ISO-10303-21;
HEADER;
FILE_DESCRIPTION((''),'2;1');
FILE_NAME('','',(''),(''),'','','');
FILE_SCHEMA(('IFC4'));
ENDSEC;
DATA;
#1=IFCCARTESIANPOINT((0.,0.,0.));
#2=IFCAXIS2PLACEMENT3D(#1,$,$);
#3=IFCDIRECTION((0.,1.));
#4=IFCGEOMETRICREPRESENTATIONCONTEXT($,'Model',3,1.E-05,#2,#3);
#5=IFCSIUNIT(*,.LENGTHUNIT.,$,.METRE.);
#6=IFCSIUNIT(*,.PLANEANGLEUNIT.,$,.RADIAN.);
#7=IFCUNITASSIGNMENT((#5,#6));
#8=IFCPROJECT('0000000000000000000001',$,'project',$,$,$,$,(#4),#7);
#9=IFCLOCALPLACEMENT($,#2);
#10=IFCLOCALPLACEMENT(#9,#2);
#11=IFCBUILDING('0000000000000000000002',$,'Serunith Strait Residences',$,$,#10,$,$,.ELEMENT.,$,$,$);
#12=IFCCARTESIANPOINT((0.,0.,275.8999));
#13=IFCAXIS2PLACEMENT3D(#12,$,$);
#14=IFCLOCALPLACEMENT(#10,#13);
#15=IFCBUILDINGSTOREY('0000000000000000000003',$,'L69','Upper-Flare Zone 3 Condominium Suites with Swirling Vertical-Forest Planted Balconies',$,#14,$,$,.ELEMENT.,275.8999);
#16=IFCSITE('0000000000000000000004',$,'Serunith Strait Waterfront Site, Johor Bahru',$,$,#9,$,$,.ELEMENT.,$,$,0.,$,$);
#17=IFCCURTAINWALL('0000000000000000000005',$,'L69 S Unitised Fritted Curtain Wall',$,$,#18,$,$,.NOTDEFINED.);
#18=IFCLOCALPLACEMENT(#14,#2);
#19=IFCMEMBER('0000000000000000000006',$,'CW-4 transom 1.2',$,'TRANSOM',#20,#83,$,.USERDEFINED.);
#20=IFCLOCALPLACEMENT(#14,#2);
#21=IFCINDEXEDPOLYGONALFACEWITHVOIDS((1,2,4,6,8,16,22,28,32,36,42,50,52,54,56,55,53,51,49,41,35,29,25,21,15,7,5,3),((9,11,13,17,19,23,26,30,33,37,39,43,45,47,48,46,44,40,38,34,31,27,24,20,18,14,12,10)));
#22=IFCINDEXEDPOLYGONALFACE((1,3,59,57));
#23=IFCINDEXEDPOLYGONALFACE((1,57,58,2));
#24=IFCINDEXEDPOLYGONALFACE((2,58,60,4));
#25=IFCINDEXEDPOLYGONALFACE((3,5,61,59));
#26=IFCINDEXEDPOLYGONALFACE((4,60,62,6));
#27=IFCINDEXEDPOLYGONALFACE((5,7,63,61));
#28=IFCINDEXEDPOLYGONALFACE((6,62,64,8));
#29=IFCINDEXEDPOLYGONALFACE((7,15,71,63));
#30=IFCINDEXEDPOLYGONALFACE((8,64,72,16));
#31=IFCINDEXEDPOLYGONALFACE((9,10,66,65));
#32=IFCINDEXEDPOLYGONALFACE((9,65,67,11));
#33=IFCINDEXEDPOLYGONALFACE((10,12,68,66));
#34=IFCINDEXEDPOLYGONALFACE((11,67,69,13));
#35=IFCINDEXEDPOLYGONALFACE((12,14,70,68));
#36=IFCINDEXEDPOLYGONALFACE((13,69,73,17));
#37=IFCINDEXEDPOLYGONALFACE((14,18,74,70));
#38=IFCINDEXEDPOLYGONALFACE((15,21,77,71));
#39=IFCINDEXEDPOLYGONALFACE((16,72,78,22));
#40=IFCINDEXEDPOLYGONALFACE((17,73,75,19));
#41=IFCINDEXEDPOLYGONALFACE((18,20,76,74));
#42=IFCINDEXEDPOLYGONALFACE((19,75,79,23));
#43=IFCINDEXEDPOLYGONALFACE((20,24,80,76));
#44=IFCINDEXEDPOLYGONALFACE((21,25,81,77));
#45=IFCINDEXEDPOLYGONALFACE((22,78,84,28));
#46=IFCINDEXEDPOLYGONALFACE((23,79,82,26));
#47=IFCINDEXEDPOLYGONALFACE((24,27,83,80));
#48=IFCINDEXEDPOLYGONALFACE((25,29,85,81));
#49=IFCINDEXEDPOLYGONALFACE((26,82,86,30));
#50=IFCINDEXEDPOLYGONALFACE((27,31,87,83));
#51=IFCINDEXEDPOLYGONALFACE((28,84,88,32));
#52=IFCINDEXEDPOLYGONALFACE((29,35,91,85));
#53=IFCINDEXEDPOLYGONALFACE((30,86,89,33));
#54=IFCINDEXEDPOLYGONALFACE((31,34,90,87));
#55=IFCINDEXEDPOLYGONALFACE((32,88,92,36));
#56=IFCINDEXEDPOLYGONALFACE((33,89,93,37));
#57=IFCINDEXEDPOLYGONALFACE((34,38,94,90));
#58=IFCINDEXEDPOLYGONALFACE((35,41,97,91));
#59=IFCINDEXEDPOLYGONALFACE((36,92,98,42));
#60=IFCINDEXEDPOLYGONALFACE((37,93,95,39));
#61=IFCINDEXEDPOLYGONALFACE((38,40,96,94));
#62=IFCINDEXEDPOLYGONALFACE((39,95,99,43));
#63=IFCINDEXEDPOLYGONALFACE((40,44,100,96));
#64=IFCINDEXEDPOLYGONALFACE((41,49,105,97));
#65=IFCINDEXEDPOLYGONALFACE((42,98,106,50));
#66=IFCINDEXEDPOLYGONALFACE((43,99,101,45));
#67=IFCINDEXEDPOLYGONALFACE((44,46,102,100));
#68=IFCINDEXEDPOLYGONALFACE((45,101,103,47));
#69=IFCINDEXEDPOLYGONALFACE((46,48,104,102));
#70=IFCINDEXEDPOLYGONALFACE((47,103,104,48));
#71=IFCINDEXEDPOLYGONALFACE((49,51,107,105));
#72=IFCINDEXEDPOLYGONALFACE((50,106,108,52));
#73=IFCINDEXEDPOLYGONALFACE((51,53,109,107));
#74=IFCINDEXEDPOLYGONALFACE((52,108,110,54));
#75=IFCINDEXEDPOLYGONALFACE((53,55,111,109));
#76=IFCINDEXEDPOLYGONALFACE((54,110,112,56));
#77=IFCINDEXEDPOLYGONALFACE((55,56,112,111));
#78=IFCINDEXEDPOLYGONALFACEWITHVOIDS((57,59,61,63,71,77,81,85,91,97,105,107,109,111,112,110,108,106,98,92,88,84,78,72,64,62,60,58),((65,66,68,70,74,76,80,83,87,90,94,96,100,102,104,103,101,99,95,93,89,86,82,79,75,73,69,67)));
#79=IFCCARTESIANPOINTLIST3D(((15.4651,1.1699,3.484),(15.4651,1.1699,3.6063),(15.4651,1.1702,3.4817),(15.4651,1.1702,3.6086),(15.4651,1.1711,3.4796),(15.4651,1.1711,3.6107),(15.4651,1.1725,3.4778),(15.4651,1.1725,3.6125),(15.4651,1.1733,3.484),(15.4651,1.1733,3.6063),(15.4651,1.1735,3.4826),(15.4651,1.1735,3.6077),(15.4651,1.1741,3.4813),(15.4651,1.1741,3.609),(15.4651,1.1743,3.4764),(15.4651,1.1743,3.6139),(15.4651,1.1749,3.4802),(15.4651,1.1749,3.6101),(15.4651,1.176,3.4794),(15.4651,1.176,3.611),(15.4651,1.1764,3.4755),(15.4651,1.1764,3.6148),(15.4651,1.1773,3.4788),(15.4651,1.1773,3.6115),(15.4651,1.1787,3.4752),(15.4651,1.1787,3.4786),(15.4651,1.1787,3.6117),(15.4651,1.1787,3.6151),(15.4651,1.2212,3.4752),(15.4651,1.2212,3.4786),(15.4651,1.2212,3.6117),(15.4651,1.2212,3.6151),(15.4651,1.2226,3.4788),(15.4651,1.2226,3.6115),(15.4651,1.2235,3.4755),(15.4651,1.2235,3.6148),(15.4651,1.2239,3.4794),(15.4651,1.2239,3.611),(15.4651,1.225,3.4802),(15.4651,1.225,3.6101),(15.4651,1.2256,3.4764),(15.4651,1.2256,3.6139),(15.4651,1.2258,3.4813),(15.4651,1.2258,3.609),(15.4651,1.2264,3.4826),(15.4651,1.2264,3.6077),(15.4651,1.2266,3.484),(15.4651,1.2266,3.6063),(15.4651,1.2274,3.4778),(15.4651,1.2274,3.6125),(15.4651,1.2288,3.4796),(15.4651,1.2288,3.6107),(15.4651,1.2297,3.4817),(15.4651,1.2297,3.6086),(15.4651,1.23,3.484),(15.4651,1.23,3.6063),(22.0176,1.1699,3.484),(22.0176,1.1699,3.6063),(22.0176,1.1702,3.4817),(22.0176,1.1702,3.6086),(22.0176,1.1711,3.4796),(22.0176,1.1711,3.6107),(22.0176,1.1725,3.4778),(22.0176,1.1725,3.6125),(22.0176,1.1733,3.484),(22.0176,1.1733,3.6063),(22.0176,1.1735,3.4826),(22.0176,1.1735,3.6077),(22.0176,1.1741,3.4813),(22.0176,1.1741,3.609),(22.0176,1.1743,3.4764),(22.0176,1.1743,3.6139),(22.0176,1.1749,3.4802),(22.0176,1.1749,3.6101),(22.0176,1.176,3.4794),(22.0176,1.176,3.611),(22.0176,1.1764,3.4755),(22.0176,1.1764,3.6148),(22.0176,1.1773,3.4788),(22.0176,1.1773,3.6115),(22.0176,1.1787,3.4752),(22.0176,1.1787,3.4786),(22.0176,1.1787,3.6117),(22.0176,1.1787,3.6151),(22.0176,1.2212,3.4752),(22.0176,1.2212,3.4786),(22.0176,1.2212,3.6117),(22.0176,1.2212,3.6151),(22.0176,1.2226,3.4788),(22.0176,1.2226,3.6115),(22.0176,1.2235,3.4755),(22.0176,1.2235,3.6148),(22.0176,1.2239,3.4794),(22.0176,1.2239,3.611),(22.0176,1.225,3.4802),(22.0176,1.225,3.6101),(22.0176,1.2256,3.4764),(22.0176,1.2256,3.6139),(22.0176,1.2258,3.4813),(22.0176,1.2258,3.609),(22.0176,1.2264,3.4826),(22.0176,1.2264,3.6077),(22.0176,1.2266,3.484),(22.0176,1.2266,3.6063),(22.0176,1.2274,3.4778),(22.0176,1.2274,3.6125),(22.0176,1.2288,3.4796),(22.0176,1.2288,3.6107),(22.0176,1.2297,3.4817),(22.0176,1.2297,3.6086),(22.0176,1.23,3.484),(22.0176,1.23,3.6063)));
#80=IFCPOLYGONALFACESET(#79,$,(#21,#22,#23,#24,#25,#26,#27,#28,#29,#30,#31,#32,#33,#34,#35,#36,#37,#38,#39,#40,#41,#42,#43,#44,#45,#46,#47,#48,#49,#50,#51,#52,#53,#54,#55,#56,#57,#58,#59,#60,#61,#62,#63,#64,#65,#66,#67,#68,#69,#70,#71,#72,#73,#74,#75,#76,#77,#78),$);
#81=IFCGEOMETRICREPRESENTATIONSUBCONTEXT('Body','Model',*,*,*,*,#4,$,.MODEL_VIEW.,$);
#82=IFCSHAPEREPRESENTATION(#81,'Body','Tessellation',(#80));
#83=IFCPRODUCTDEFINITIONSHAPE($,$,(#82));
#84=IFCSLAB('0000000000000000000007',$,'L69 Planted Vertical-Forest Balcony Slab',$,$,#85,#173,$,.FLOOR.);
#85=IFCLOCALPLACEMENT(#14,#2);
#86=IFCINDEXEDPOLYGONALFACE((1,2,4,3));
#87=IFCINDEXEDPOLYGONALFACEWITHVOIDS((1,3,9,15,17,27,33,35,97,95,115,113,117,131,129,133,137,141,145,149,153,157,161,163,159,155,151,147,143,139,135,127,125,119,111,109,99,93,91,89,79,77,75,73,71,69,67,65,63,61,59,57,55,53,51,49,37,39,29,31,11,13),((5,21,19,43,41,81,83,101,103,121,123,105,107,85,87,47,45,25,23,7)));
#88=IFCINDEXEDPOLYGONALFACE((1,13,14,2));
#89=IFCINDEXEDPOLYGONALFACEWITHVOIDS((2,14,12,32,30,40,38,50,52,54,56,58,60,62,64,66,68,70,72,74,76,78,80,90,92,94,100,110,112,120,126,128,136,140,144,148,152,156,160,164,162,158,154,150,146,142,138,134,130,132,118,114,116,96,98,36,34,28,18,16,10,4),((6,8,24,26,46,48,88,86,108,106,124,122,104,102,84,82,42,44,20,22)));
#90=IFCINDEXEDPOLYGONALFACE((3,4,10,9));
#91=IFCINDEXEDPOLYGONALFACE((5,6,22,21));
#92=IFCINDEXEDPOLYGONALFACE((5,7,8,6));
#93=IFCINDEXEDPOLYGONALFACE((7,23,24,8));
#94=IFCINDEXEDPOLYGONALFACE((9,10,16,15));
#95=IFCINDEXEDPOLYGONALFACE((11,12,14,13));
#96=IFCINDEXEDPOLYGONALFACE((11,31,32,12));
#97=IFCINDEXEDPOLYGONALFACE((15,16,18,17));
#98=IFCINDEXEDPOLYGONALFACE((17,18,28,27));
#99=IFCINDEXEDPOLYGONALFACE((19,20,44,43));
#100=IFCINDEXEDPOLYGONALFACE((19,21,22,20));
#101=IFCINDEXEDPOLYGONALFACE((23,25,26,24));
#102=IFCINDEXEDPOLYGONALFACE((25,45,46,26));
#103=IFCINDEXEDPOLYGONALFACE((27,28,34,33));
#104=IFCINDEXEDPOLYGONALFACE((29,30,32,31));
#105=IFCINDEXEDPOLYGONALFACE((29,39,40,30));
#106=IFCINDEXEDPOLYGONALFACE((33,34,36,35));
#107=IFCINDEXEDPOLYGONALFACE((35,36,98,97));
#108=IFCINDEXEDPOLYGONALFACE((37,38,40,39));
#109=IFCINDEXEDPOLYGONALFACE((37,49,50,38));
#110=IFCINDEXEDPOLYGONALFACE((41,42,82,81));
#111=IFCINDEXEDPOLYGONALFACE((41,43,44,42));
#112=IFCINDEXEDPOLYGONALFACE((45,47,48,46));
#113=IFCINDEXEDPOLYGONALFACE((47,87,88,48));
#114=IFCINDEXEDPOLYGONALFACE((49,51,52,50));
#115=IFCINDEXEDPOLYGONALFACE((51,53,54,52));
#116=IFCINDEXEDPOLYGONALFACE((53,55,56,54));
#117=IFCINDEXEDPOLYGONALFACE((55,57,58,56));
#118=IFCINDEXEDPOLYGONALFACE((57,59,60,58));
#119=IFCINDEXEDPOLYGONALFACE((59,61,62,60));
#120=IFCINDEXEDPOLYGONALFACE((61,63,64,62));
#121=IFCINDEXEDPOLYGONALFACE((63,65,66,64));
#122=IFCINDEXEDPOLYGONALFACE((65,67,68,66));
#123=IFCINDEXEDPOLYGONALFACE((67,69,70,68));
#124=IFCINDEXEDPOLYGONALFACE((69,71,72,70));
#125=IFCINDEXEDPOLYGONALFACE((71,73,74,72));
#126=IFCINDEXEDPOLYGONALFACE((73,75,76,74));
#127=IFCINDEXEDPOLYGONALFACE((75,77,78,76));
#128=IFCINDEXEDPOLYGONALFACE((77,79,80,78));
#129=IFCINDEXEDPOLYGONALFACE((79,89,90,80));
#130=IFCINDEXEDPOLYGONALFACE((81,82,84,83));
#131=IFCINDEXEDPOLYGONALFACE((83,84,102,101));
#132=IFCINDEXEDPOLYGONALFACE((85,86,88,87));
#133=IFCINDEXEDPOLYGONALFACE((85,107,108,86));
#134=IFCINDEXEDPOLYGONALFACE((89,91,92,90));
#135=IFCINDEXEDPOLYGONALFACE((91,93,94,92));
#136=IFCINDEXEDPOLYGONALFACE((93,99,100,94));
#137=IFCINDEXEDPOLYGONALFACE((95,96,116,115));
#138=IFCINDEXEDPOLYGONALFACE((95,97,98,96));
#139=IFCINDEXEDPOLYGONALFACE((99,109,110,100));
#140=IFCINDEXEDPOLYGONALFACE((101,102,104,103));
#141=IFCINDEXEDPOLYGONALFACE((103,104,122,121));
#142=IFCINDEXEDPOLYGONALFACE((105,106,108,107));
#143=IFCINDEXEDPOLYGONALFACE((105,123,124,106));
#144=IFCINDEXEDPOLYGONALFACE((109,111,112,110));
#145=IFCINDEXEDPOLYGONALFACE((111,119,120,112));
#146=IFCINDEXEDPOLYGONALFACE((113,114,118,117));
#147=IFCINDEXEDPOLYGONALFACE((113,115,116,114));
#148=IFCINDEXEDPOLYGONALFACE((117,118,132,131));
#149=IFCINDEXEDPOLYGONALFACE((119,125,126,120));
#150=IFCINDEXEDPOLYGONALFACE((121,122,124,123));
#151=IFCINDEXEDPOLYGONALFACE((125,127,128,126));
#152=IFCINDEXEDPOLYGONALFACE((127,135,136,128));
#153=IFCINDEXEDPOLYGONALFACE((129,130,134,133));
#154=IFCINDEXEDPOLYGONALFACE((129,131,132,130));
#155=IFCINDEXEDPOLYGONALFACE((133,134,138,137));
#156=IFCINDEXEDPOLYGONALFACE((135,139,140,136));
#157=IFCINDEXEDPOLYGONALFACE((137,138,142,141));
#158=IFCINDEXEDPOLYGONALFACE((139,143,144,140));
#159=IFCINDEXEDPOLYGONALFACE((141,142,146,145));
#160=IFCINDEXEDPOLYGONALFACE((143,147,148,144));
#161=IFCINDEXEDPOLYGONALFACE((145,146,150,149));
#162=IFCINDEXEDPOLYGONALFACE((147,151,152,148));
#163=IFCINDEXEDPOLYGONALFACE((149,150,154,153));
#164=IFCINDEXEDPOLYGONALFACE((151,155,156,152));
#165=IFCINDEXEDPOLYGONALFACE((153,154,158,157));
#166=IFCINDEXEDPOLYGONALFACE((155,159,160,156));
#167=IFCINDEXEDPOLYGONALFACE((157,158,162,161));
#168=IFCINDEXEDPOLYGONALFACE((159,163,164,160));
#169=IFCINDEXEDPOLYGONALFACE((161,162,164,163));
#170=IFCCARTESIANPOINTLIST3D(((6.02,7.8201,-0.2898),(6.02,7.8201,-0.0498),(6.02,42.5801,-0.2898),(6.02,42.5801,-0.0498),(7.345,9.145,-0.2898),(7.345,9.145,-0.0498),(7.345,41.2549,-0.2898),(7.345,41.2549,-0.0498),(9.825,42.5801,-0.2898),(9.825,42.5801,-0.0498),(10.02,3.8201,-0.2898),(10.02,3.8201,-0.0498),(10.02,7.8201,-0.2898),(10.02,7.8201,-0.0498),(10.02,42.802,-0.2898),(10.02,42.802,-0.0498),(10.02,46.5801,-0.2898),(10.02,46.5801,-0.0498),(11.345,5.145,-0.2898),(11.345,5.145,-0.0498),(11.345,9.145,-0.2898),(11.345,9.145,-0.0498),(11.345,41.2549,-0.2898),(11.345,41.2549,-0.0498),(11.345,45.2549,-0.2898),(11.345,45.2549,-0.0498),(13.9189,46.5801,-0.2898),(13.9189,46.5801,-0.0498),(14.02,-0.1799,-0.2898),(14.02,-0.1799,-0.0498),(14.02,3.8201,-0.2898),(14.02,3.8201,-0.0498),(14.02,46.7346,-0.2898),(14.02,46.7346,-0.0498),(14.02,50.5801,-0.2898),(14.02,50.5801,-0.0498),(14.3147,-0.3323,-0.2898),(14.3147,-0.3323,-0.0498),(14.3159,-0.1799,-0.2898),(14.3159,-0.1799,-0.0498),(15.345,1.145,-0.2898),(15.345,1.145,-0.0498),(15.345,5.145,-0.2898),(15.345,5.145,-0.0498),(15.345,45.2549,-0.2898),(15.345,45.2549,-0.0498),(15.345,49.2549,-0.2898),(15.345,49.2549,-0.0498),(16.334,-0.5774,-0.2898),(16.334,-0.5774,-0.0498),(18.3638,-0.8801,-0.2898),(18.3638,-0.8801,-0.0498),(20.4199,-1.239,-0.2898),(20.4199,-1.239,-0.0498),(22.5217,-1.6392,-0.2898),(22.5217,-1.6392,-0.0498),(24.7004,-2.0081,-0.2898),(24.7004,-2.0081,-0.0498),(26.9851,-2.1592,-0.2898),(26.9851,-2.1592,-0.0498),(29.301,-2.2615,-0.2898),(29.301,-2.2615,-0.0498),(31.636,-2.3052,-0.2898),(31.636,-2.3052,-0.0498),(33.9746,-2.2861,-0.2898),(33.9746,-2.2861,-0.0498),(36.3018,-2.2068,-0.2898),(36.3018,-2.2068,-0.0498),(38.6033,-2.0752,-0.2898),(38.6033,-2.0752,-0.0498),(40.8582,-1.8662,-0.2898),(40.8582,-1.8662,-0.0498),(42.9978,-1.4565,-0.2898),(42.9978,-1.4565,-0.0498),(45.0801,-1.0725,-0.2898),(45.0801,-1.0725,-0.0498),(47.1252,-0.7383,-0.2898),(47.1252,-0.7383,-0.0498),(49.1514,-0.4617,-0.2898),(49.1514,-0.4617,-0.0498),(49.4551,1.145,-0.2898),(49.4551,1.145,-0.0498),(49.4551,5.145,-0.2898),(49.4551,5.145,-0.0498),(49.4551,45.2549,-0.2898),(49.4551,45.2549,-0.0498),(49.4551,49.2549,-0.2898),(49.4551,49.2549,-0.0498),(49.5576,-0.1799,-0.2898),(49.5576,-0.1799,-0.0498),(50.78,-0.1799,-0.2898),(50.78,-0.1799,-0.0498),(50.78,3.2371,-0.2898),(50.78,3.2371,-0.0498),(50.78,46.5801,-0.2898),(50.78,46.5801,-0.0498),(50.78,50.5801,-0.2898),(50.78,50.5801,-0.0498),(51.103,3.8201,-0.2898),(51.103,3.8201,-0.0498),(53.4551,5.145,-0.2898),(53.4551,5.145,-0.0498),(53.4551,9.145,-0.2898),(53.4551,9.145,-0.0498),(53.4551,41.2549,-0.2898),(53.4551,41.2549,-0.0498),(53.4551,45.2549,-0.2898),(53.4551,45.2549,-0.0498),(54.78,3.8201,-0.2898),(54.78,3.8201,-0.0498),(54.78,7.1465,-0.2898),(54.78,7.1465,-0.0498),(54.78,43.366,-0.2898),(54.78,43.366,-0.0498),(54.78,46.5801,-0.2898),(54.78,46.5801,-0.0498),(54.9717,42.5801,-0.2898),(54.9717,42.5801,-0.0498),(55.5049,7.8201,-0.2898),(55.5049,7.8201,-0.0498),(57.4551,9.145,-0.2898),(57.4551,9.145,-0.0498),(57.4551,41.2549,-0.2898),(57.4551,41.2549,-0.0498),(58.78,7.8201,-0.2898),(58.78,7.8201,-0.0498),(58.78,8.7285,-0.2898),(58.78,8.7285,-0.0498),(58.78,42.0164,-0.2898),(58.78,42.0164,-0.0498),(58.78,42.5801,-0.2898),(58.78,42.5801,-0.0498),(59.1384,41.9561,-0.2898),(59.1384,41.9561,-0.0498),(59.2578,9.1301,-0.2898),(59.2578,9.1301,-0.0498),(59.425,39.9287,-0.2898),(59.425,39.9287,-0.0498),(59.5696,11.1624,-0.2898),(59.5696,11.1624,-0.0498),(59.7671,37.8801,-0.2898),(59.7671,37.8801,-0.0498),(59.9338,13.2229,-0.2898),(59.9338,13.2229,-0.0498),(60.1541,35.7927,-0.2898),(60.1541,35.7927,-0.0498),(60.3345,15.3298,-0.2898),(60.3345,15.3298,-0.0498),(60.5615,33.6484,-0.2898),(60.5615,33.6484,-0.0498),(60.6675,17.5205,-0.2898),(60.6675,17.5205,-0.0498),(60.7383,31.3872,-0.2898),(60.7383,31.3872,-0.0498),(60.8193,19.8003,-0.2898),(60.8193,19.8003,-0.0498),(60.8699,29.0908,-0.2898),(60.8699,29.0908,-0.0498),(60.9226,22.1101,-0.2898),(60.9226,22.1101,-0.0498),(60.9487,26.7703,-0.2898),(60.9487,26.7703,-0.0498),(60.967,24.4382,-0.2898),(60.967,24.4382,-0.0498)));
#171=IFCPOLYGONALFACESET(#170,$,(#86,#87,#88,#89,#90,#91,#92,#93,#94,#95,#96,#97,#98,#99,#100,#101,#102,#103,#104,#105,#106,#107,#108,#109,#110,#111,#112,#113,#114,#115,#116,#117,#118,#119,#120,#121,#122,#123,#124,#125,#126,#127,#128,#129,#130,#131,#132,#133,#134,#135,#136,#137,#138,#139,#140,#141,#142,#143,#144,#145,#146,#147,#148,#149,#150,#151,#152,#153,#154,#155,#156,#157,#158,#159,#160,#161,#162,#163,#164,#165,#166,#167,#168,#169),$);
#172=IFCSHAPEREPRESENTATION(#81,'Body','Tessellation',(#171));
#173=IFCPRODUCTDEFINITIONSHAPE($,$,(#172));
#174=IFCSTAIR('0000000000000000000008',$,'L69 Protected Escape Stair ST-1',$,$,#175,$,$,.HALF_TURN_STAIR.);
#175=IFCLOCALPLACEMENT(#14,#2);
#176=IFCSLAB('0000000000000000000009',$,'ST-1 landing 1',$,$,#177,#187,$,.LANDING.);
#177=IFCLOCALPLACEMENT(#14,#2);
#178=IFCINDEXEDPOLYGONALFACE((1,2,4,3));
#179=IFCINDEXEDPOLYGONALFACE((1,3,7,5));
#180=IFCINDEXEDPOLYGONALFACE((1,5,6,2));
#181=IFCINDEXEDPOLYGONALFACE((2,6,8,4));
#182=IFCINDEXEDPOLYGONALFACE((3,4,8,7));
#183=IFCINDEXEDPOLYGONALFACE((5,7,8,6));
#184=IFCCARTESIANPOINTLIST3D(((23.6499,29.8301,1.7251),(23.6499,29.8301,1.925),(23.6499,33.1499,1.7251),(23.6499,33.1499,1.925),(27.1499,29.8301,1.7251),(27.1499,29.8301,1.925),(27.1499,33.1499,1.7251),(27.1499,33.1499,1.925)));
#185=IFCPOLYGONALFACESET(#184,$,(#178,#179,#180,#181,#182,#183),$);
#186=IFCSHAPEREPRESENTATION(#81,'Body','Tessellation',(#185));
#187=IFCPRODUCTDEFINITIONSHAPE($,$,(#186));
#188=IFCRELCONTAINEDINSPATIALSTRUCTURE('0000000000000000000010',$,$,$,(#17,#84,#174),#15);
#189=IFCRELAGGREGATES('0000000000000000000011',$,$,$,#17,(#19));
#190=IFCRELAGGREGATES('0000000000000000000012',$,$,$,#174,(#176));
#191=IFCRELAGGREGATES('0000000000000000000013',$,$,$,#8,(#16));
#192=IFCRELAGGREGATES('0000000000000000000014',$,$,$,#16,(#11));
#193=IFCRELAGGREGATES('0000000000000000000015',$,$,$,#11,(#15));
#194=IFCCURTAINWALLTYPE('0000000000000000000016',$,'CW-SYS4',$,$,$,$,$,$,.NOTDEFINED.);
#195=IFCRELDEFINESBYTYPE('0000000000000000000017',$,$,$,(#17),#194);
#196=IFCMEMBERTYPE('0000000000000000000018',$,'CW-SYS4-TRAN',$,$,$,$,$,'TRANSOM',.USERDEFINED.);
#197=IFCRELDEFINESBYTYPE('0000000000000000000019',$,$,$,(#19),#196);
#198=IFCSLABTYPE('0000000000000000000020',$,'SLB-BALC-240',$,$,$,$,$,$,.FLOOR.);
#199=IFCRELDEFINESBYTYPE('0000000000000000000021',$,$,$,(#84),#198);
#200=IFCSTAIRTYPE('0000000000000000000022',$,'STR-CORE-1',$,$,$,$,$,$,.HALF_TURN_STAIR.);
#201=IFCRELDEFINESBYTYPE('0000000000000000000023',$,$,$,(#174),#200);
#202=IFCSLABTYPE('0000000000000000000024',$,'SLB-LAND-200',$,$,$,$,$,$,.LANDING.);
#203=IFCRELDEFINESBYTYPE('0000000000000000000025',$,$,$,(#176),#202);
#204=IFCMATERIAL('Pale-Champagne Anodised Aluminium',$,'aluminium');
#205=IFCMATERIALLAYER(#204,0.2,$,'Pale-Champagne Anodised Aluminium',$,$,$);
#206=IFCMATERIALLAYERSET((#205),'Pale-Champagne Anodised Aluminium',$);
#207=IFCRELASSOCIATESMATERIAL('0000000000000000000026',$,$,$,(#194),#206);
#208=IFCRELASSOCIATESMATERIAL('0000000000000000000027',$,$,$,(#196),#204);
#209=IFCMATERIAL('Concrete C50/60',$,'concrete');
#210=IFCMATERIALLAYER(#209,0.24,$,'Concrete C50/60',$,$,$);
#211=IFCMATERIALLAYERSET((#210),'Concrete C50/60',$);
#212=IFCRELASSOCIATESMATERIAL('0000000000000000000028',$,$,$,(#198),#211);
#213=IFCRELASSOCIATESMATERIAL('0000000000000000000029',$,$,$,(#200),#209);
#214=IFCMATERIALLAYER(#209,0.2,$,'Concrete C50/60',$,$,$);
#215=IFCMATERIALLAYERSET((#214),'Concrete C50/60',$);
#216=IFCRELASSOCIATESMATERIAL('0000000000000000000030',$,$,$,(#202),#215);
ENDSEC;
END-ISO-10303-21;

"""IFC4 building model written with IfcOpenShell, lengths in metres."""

from ifc_helpers import new_model, si_unit, direction, frame, origin, origin_2d, place, context, subcontext, project, spatial, polyline, hollow_rectangle, outline, extrude, source, transform, mapped, material, layer, layer_set, material_profile, profile_set, type_object, element, aggregate, save


model = new_model("IFC4")

# Units and contexts
model_context = context("Model", 3, precision=1e-05, world=origin(), true_north=direction((0.0, 1.0)))
body_context = subcontext(model_context, "Body", "Model", "MODEL_VIEW")
ifc_project = project(units=[si_unit("LENGTHUNIT", "METRE"), si_unit("PLANEANGLEUNIT", "RADIAN")], contexts=[model_context])

# Site, building, storey
site_placement = place(None, origin())
site = spatial("IfcSite", under=ifc_project, at=site_placement, Name="Serunith Strait Waterfront Site, Johor Bahru", CompositionType="ELEMENT", RefElevation=0.0)
building_placement = place(site_placement, origin())
building = spatial("IfcBuilding", under=site, at=building_placement, Name="Serunith Strait Residences", CompositionType="ELEMENT")
storey_placement = place(building_placement, frame((0.0, 0.0, 275.8999)))
storey = spatial("IfcBuildingStorey", under=building, at=storey_placement, Name="L69", Description="Upper-Flare Zone 3 Condominium Suites with Swirling Vertical-Forest Planted Balconies", CompositionType="ELEMENT", Elevation=275.8999)

# Curtain wall
ifc_material_1 = material(Name="Pale-Champagne Anodised Aluminium", Category="aluminium")
ifc_layer_1 = layer(ifc_material_1, 0.2, Name="Pale-Champagne Anodised Aluminium")
ifc_layer_set_1 = layer_set([ifc_layer_1], Name="Pale-Champagne Anodised Aluminium")
curtain_wall_type = type_object("IfcCurtainWallType", Name="CW-SYS4", PredefinedType="NOTDEFINED", material=ifc_layer_set_1)
curtain_wall_1_placement = place(storey_placement, origin())
curtain_wall_1 = element("IfcCurtainWall", 1, at=curtain_wall_1_placement, inside=storey, type_object=curtain_wall_type, Name="L69 S Unitised Fritted Curtain Wall", PredefinedType="NOTDEFINED")

# Member
ifc_material_profile_1 = material_profile(ifc_material_1, hollow_rectangle(XDim=0.0601, YDim=0.1399, WallThickness=0.0034, InnerFilletRadius=0.0054, OuterFilletRadius=0.0088, at=origin_2d()), Name="ALU 140x60x3.5")
ifc_profile_set_1 = profile_set([ifc_material_profile_1], Name="Pale-Champagne Anodised Aluminium")
member_type_1 = type_object("IfcMemberType", Name="CW-SYS4-TRAN", ElementType="TRANSOM", PredefinedType="USERDEFINED", material=ifc_profile_set_1)
shared_shape_1 = source(origin(), body_context, "Body", "SweptSolid", [
    extrude(hollow_rectangle(XDim=0.0601, YDim=0.1399, WallThickness=0.0034, InnerFilletRadius=0.0054, OuterFilletRadius=0.0088, at=origin_2d()), origin(), (0.0, 0.0, 1.0), 6.5525),
])
member_1_placement = place(storey_placement, frame((15.4651, 1.2, 3.5452), z_axis=(1.0, 0.0, 0.0), x_axis=(0.0, 1.0, 0.0)))
member_1 = element("IfcMember", 2, at=member_1_placement, type_object=member_type_1, Name="CW-4 transom 1.2", ObjectType="TRANSOM", PredefinedType="USERDEFINED", context=body_context, shape_type="MappedRepresentation", body=[
    mapped(shared_shape_1, transform((0.0, 0.0, 0.0), scale=1.0)),
])
aggregate(curtain_wall_1, [member_1])

# Slab
ifc_material_2 = material(Name="Concrete C50/60", Category="concrete")
ifc_layer_2 = layer(ifc_material_2, 0.24, Name="Concrete C50/60")
ifc_layer_set_2 = layer_set([ifc_layer_2], Name="Concrete C50/60")
slab_type_1 = type_object("IfcSlabType", Name="SLB-BALC-240", PredefinedType="FLOOR", material=ifc_layer_set_2)
slab_1_placement = place(storey_placement, frame((0.0, 0.0, -0.2898)))
element("IfcSlab", 3, at=slab_1_placement, inside=storey, type_object=slab_type_1, Name="L69 Planted Vertical-Forest Balcony Slab", PredefinedType="FLOOR", context=body_context, shape_type="SweptSolid", body=[
    extrude(outline(polyline([(14.02, -0.1799), (14.02, 3.8201), (10.02, 3.8201), (10.02, 7.8201), (6.02, 7.8201), (6.02, 42.5801), (9.825, 42.5801), (10.02, 42.802), (10.02, 46.5801), (13.9189, 46.5801), (14.02, 46.7346), (14.02, 50.5801), (50.78, 50.5801), (50.78, 46.5801), (54.78, 46.5801), (54.78, 43.366), (54.9717, 42.5801), (58.78, 42.5801), (58.78, 42.0164), (59.1384, 41.9561), (59.425, 39.9287), (59.7671, 37.8801), (60.1541, 35.7927), (60.5615, 33.6484), (60.7383, 31.3872), (60.8699, 29.0908), (60.9487, 26.7703), (60.967, 24.4382), (60.9226, 22.1101), (60.8193, 19.8003), (60.6675, 17.5205), (60.3345, 15.3298), (59.9338, 13.2229), (59.5696, 11.1624), (59.2578, 9.1301), (58.78, 8.7285), (58.78, 7.8201), (55.5049, 7.8201), (54.78, 7.1465), (54.78, 3.8201), (51.103, 3.8201), (50.78, 3.2371), (50.78, -0.1799), (49.5576, -0.1799), (49.1514, -0.4617), (47.1252, -0.7383), (45.0801, -1.0725), (42.9978, -1.4565), (40.8582, -1.8662), (38.6033, -2.0752), (36.3018, -2.2068), (33.9746, -2.2861), (31.636, -2.3052), (29.301, -2.2615), (26.9851, -2.1592), (24.7004, -2.0081), (22.5217, -1.6392), (20.4199, -1.239), (18.3638, -0.8801), (16.334, -0.5774), (14.3147, -0.3323), (14.3159, -0.1799), (14.02, -0.1799)]), holes=[polyline([(49.4551, 1.145), (49.4551, 5.145), (53.4551, 5.145), (53.4551, 9.145), (57.4551, 9.145), (57.4551, 41.2549), (53.4551, 41.2549), (53.4551, 45.2549), (49.4551, 45.2549), (49.4551, 49.2549), (15.345, 49.2549), (15.345, 45.2549), (11.345, 45.2549), (11.345, 41.2549), (7.345, 41.2549), (7.345, 9.145), (11.345, 9.145), (11.345, 5.145), (15.345, 5.145), (15.345, 1.145), (49.4551, 1.145)])]), origin(), (0.0, 0.0, 1.0), 0.24),
])

# Stair, slab
stair_type_1 = type_object("IfcStairType", Name="STR-CORE-1", PredefinedType="HALF_TURN_STAIR", material=ifc_material_2)
stair_1_placement = place(storey_placement, origin())
stair_1 = element("IfcStair", 4, at=stair_1_placement, inside=storey, type_object=stair_type_1, Name="L69 Protected Escape Stair ST-1", PredefinedType="HALF_TURN_STAIR")
ifc_layer_3 = layer(ifc_material_2, 0.2, Name="Concrete C50/60")
ifc_layer_set_3 = layer_set([ifc_layer_3], Name="Concrete C50/60")
slab_type_2 = type_object("IfcSlabType", Name="SLB-LAND-200", PredefinedType="LANDING", material=ifc_layer_set_3)
slab_2_placement = place(storey_placement, frame((0.0, 0.0, 1.7251)))
slab_2 = element("IfcSlab", 5, at=slab_2_placement, type_object=slab_type_2, Name="ST-1 landing 1", PredefinedType="LANDING", context=body_context, shape_type="SweptSolid", body=[
    extrude(outline(polyline([(27.1499, 29.8301), (27.1499, 33.1499), (23.6499, 33.1499), (23.6499, 29.8301), (27.1499, 29.8301)])), origin(), (0.0, 0.0, 1.0), 0.2),
])
aggregate(stair_1, [slab_2])

save(model, "model.ifc")
